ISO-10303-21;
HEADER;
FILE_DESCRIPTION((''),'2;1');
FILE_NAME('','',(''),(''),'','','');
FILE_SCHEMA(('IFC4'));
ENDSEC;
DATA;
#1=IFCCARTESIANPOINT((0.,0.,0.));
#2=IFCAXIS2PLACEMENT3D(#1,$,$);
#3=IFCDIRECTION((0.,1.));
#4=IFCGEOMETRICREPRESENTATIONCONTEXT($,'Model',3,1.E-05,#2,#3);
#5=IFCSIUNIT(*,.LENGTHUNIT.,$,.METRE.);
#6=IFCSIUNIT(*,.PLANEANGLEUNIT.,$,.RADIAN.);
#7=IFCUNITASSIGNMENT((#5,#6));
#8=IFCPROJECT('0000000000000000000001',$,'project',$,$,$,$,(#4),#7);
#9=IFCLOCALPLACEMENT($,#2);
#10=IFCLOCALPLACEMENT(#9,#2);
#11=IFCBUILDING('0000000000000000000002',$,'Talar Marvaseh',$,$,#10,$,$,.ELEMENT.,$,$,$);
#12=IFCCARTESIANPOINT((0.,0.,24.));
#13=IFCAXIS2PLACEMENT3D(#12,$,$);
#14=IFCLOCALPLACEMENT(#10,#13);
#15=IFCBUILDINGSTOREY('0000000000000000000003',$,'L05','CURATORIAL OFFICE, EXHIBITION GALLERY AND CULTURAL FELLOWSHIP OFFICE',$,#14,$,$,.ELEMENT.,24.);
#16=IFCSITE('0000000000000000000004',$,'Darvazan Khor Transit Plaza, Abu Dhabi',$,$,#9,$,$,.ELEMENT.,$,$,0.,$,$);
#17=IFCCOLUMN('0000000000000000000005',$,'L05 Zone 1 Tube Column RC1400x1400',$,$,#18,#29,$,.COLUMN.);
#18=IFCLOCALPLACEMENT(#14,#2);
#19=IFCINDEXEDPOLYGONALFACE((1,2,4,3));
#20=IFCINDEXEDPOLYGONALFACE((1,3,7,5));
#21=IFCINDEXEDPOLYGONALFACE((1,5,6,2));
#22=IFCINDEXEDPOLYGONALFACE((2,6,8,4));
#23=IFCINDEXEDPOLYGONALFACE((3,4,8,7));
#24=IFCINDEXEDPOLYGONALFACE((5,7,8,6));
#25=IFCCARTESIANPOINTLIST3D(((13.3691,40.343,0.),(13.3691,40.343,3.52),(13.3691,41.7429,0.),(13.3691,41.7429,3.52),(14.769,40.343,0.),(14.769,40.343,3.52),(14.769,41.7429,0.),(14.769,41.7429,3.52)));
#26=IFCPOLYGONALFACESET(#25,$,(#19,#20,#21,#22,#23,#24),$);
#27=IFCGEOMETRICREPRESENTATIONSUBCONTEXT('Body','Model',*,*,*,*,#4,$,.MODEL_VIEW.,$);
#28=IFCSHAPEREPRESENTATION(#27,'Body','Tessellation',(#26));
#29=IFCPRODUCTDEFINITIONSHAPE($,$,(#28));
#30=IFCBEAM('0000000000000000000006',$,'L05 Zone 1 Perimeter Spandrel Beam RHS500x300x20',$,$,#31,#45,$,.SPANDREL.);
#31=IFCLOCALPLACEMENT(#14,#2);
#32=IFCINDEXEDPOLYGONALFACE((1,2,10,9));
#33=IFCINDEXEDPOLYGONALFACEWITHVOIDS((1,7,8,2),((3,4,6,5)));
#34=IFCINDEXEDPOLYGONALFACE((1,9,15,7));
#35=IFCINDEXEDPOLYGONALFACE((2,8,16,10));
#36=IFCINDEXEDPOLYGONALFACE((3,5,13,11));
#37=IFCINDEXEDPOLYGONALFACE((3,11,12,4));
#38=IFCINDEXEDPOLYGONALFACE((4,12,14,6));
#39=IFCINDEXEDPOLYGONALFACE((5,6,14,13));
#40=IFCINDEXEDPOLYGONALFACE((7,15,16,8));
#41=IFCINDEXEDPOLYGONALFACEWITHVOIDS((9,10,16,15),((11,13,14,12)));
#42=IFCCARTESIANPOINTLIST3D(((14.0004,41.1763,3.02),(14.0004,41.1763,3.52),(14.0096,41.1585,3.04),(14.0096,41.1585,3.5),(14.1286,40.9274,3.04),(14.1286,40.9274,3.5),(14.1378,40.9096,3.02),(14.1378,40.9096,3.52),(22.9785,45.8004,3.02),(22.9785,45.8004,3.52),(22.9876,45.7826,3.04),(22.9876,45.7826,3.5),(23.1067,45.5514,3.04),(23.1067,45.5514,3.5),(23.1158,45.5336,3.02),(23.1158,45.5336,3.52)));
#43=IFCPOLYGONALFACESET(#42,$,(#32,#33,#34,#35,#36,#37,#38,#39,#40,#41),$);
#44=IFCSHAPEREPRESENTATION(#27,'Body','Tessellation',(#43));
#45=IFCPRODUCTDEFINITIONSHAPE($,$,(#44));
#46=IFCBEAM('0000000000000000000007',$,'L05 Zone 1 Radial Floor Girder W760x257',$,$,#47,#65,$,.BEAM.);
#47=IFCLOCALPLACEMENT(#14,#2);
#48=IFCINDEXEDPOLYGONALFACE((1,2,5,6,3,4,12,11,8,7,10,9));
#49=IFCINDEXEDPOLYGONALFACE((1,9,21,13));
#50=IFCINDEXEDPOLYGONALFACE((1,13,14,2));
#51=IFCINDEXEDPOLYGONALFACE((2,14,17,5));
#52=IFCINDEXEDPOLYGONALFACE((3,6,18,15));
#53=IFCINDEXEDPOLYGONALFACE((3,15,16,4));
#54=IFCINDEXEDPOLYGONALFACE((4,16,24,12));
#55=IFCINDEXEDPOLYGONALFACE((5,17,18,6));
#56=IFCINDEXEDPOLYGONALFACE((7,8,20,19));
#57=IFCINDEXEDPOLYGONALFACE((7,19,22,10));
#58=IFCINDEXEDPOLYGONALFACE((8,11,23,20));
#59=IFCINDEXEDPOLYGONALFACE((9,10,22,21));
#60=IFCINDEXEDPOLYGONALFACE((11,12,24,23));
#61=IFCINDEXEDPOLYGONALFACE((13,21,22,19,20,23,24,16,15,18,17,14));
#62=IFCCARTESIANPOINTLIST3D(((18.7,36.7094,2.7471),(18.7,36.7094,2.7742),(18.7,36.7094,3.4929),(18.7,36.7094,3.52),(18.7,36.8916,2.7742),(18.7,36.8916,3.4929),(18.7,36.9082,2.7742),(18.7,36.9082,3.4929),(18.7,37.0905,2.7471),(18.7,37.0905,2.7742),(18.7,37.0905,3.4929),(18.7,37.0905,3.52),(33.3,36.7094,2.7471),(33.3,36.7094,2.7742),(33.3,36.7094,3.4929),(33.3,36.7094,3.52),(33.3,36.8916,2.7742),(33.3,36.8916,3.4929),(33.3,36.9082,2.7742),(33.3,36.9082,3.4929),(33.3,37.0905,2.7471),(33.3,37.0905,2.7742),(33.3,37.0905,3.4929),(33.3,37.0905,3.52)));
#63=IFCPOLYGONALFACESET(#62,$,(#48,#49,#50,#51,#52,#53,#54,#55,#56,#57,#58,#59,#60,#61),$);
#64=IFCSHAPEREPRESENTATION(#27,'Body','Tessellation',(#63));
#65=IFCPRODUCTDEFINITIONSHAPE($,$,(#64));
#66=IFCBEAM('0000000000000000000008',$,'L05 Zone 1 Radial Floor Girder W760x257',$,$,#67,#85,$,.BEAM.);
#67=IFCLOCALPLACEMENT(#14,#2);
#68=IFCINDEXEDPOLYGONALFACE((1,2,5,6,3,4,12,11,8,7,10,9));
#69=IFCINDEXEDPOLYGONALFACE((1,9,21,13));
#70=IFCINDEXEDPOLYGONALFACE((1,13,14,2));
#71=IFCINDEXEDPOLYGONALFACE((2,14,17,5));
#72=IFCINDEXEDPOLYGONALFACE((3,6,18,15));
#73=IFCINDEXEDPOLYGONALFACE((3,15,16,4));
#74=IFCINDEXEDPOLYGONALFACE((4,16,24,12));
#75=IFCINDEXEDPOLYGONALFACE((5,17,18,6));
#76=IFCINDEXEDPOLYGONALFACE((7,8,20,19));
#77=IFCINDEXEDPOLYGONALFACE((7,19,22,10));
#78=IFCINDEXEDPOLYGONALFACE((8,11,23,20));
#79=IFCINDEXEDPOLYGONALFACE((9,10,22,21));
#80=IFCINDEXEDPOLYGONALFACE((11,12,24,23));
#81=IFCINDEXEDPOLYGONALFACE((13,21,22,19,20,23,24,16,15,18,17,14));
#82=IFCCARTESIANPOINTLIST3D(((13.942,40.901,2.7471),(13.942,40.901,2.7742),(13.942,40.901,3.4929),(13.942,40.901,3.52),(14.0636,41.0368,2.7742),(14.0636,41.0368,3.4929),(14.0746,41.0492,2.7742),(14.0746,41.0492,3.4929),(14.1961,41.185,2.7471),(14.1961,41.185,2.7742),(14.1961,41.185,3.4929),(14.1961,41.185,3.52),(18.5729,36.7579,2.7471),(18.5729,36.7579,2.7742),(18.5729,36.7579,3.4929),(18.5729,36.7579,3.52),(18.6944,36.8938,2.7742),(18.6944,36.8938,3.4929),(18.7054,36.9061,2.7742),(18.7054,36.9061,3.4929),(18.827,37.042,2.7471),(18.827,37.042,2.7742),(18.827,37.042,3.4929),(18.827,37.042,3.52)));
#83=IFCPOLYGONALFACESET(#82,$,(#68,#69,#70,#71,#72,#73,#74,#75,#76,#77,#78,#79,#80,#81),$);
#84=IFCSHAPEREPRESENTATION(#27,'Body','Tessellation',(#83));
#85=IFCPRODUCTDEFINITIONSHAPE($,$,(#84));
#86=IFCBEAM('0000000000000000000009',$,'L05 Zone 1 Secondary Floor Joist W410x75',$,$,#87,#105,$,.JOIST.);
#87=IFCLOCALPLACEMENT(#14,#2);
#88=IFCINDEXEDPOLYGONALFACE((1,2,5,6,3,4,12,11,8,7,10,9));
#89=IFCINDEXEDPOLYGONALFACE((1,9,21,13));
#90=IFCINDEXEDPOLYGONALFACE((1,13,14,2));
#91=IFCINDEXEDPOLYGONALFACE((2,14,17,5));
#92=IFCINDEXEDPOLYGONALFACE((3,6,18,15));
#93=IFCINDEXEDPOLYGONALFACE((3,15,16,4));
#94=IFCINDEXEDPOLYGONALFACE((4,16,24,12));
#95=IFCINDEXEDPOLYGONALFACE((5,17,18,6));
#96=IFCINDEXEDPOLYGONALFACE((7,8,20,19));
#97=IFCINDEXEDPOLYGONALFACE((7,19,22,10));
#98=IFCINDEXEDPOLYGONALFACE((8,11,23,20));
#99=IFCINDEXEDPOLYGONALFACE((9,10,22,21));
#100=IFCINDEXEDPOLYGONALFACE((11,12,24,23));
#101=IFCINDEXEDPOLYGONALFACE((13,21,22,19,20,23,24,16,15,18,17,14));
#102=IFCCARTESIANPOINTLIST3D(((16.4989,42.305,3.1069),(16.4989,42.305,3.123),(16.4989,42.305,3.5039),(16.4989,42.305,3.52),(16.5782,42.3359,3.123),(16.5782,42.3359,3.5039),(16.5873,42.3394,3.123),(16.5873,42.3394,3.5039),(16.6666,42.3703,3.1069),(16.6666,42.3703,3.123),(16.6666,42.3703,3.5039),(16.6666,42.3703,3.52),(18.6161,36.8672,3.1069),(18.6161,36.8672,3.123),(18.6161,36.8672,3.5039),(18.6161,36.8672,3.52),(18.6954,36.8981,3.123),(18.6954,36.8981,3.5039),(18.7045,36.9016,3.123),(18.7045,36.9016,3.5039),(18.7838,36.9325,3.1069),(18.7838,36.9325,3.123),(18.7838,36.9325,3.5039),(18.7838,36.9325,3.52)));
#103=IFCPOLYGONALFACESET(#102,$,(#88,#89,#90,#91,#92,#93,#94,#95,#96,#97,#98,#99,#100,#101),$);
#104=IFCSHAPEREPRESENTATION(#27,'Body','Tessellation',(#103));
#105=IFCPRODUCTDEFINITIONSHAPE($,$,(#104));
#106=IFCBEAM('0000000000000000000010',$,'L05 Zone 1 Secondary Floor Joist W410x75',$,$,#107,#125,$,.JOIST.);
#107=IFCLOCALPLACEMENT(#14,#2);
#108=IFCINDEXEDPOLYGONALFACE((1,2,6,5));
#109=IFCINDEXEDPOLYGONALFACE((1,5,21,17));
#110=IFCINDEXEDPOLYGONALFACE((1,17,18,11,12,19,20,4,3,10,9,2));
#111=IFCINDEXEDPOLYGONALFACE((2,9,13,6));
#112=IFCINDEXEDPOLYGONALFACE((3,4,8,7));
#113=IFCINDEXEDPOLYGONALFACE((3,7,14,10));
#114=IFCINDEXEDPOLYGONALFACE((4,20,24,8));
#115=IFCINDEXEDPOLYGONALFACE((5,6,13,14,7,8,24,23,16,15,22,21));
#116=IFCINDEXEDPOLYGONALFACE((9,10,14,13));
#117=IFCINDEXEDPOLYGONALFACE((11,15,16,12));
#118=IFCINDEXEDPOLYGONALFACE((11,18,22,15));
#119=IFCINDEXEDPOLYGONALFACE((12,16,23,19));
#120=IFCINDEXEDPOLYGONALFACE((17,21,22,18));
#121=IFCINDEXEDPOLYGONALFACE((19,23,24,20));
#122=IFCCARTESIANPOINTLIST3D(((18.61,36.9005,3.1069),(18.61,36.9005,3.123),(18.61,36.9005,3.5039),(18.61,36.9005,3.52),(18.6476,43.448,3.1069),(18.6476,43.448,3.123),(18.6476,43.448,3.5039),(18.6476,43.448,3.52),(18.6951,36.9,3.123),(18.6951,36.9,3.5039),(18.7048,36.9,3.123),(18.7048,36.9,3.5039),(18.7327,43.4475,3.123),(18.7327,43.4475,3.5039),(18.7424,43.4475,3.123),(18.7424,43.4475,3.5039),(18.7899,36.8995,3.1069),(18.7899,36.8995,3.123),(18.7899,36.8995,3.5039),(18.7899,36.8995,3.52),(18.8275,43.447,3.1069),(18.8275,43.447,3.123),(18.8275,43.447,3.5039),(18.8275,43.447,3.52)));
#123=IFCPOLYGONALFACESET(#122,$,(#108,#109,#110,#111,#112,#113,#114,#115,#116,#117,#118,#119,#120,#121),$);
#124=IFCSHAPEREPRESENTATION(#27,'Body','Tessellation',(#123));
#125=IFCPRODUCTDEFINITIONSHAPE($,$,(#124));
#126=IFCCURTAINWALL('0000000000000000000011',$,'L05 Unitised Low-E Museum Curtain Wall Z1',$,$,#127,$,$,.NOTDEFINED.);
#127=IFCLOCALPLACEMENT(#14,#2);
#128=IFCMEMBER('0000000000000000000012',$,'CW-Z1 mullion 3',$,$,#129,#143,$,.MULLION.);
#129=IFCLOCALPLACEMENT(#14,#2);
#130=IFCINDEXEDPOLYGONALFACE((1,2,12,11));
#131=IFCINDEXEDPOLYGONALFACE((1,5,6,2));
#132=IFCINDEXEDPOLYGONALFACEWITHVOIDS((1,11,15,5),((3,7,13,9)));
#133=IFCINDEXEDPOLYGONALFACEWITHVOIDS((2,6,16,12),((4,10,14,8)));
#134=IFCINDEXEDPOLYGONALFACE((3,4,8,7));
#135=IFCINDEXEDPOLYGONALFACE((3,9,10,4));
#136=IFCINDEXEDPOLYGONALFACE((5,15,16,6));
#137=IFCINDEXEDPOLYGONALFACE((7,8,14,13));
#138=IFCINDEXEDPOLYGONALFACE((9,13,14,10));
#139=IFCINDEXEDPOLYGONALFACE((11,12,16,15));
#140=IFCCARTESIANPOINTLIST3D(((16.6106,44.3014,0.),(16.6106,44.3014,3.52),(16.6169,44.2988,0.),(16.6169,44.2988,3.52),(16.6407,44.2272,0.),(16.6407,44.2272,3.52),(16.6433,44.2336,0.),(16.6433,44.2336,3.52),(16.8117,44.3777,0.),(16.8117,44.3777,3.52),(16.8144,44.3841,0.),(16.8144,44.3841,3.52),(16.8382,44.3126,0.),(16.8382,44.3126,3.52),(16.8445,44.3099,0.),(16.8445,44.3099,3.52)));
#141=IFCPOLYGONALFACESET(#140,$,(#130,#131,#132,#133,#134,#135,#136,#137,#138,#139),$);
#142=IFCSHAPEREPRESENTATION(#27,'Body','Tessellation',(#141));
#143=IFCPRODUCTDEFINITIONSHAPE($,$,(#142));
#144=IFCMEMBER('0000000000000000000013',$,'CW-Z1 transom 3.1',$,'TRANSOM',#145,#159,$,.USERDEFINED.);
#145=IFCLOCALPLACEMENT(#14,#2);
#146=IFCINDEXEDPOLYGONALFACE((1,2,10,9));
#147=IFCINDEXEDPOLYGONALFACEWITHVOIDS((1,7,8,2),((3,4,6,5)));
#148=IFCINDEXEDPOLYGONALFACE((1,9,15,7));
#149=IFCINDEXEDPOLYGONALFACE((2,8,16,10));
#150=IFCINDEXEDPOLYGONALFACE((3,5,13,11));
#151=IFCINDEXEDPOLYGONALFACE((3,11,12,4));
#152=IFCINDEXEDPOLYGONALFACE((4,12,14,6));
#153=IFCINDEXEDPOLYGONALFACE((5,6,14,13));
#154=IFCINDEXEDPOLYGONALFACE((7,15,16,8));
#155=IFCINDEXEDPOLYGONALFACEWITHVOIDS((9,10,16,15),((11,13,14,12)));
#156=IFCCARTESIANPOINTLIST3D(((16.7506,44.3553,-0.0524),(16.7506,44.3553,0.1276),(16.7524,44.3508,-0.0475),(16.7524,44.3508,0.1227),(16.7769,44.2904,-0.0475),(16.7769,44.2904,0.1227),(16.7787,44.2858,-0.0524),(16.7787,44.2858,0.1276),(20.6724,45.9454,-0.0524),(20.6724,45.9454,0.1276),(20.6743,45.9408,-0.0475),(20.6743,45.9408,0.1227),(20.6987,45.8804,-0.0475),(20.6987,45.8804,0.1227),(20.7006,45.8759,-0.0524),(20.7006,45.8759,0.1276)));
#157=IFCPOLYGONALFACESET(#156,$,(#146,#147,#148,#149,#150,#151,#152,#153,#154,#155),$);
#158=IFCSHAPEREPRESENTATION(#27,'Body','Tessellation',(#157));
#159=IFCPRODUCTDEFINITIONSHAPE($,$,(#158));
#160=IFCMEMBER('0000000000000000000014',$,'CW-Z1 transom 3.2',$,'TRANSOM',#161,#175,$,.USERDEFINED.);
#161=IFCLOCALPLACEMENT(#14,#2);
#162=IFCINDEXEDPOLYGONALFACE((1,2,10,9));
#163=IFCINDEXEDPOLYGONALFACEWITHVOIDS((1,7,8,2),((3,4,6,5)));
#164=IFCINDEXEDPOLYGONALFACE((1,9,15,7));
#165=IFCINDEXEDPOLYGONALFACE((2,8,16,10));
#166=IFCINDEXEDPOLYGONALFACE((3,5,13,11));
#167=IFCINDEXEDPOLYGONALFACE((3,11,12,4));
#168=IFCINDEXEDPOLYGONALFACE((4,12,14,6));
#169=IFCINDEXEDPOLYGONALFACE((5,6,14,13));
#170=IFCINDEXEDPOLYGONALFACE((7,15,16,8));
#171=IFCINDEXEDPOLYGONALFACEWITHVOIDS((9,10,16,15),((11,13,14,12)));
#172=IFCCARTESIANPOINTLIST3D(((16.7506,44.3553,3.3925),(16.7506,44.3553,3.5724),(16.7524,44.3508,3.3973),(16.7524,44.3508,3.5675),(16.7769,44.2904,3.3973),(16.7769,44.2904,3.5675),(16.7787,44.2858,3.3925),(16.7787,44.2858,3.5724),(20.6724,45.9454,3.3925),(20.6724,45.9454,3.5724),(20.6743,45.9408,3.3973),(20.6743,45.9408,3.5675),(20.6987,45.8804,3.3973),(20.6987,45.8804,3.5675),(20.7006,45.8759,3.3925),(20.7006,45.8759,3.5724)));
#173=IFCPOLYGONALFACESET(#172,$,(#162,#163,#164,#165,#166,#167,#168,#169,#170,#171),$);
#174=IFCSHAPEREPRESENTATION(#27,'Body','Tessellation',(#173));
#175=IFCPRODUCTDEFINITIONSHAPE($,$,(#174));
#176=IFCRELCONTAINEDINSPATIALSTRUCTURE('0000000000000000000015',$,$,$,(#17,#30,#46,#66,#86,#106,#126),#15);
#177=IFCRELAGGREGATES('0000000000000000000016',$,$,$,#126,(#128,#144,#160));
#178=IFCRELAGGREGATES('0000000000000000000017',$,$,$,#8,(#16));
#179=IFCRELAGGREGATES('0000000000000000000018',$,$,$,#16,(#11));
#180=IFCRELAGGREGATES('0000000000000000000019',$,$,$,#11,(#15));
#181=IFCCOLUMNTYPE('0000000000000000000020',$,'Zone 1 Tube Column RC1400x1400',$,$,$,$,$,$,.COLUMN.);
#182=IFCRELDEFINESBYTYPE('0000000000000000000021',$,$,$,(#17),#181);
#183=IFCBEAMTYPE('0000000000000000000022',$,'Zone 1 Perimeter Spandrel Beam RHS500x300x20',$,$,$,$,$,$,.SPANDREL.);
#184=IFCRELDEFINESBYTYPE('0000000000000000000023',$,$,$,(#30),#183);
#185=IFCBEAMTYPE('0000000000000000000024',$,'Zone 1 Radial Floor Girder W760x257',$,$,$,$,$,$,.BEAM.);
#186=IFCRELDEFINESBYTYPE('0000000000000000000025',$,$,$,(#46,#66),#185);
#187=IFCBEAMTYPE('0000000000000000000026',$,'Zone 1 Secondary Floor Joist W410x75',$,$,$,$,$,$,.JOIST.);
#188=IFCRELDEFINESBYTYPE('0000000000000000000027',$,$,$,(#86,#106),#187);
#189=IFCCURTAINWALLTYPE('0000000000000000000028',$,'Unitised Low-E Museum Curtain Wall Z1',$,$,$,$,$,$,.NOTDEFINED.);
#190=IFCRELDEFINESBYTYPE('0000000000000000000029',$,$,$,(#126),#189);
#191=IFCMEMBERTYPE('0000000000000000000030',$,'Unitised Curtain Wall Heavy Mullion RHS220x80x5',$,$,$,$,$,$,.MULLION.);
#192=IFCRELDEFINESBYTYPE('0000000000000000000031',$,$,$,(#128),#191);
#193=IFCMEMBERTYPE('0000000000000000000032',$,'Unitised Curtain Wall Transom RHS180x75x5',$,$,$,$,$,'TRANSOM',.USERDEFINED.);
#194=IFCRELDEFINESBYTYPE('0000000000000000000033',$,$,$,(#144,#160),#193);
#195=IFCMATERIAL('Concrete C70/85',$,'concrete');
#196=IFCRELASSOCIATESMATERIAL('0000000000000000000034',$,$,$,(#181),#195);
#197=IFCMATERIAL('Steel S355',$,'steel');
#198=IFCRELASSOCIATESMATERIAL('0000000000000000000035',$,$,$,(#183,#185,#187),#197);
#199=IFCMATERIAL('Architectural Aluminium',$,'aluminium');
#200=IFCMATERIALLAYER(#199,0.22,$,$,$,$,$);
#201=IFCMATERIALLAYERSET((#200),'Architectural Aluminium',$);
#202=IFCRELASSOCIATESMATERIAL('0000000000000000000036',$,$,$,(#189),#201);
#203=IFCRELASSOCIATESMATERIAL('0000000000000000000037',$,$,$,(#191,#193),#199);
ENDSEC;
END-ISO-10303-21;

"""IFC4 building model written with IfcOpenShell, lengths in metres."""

from ifc_helpers import new_model, si_unit, direction, frame, origin, origin_2d, place, context, subcontext, project, spatial, rectangle, hollow_rectangle, i_section, extrude, source, transform, mapped, material, layer, layer_set, material_profile, profile_set, type_object, type_shapes, element, aggregate, save


model = new_model("IFC4")

# Units and contexts
model_context = context("Model", 3, precision=1e-05, world=origin(), true_north=direction((0.0, 1.0)))
body_context = subcontext(model_context, "Body", "Model", "MODEL_VIEW")
ifc_project = project(units=[si_unit("LENGTHUNIT", "METRE"), si_unit("PLANEANGLEUNIT", "RADIAN")], contexts=[model_context])

# Site, building, storey
site_placement = place(None, origin())
site = spatial("IfcSite", under=ifc_project, at=site_placement, Name="Darvazan Khor Transit Plaza, Abu Dhabi", CompositionType="ELEMENT", RefElevation=0.0)
building_placement = place(site_placement, origin())
building = spatial("IfcBuilding", under=site, at=building_placement, Name="Talar Marvaseh", CompositionType="ELEMENT")
storey_placement = place(building_placement, frame((0.0, 0.0, 24.0)))
storey = spatial("IfcBuildingStorey", under=building, at=storey_placement, Name="L05", Description="CURATORIAL OFFICE, EXHIBITION GALLERY AND CULTURAL FELLOWSHIP OFFICE", CompositionType="ELEMENT", Elevation=24.0)

# Column
ifc_material_1 = material(Name="Concrete C70/85", Category="concrete")
ifc_material_profile_1 = material_profile(ifc_material_1, rectangle(XDim=1.3999, YDim=1.3999, at=origin_2d()), Name="RC1400x1400")
ifc_profile_set_1 = profile_set([ifc_material_profile_1], Name="Concrete C70/85")
column_type = type_object("IfcColumnType", Name="Zone 1 Tube Column RC1400x1400", PredefinedType="COLUMN", material=ifc_profile_set_1)
column_placement = place(storey_placement, frame((14.0691, 41.043, 0.0), z_axis=(0.0, 0.0, 1.0), x_axis=(1.0, 0.0, 0.0)))
element("IfcColumn", 1, at=column_placement, inside=storey, type_object=column_type, Name="L05 Zone 1 Tube Column RC1400x1400", PredefinedType="COLUMN", context=body_context, shape_type="SweptSolid", body=[
    extrude(rectangle(XDim=1.3999, YDim=1.3999, at=origin_2d()), origin(), (0.0, 0.0, 1.0), 3.52),
])

# Beams
ifc_material_2 = material(Name="Steel S355", Category="steel")
ifc_material_profile_2 = material_profile(ifc_material_2, hollow_rectangle(XDim=0.3, YDim=0.5, WallThickness=0.02, at=origin_2d()), Name="RHS500x300x20")
ifc_profile_set_2 = profile_set([ifc_material_profile_2], Name="Steel S355")
beam_type_1 = type_object("IfcBeamType", Name="Zone 1 Perimeter Spandrel Beam RHS500x300x20", PredefinedType="SPANDREL", material=ifc_profile_set_2)
beam_1_placement = place(storey_placement, frame((14.0691, 41.043, 3.27), z_axis=(0.889016, 0.457877, 0.0), x_axis=(-0.457877, 0.889016, 0.0)))
element("IfcBeam", 2, at=beam_1_placement, inside=storey, type_object=beam_type_1, Name="L05 Zone 1 Perimeter Spandrel Beam RHS500x300x20", PredefinedType="SPANDREL", context=body_context, shape_type="SweptSolid", body=[
    extrude(hollow_rectangle(XDim=0.3, YDim=0.5, WallThickness=0.02, at=origin_2d()), origin(), (0.0, 0.0, 1.0), 10.0989),
])
ifc_material_profile_3 = material_profile(ifc_material_2, i_section(OverallWidth=0.3811, OverallDepth=0.7729, WebThickness=0.0166, FlangeThickness=0.0271, at=origin_2d()), Name="W760x257")
ifc_profile_set_3 = profile_set([ifc_material_profile_3], Name="Steel S355")
beam_type_2 = type_object("IfcBeamType", Name="Zone 1 Radial Floor Girder W760x257", PredefinedType="BEAM", material=ifc_profile_set_3)
beam_2_placement = place(storey_placement, frame((18.7, 36.8999, 3.1335), z_axis=(1.0, 0.0, 0.0), x_axis=(0.0, 1.0, 0.0)))
element("IfcBeam", 3, at=beam_2_placement, inside=storey, type_object=beam_type_2, Name="L05 Zone 1 Radial Floor Girder W760x257", PredefinedType="BEAM", context=body_context, shape_type="SweptSolid", body=[
    extrude(i_section(OverallWidth=0.3811, OverallDepth=0.7729, WebThickness=0.0166, FlangeThickness=0.0271, at=origin_2d()), origin(), (0.0, 0.0, 1.0), 14.6001),
])
beam_3_placement = place(storey_placement, frame((14.0691, 41.043, 3.1335), z_axis=(0.745268, -0.666765, 0.0), x_axis=(0.666765, 0.745268, 0.0)))
element("IfcBeam", 4, at=beam_3_placement, inside=storey, type_object=beam_type_2, Name="L05 Zone 1 Radial Floor Girder W760x257", PredefinedType="BEAM", context=body_context, shape_type="SweptSolid", body=[
    extrude(i_section(OverallWidth=0.3811, OverallDepth=0.7729, WebThickness=0.0166, FlangeThickness=0.0271, at=origin_2d()), origin(), (0.0, 0.0, 1.0), 6.2136),
])
ifc_material_profile_4 = material_profile(ifc_material_2, i_section(OverallWidth=0.1799, OverallDepth=0.4131, WebThickness=0.0098, FlangeThickness=0.0161, at=origin_2d()), Name="W410x75")
ifc_profile_set_4 = profile_set([ifc_material_profile_4], Name="Steel S355")
beam_type_3 = type_object("IfcBeamType", Name="Zone 1 Secondary Floor Joist W410x75", PredefinedType="JOIST", material=ifc_profile_set_4)
beam_4_placement = place(storey_placement, frame((16.5828, 42.3376, 3.3135), z_axis=(0.36282, -0.931859, 0.0), x_axis=(0.931859, 0.36282, 0.0)))
element("IfcBeam", 5, at=beam_4_placement, inside=storey, type_object=beam_type_3, Name="L05 Zone 1 Secondary Floor Joist W410x75", PredefinedType="JOIST", context=body_context, shape_type="SweptSolid", body=[
    extrude(i_section(OverallWidth=0.1799, OverallDepth=0.4131, WebThickness=0.0098, FlangeThickness=0.0161, at=origin_2d()), origin(), (0.0, 0.0, 1.0), 5.8354),
])
beam_5_placement = place(storey_placement, frame((18.7375, 43.4475, 3.3135), z_axis=(-0.005742, -0.999984, 0.0), x_axis=(0.999984, -0.005742, 0.0)))
element("IfcBeam", 6, at=beam_5_placement, inside=storey, type_object=beam_type_3, Name="L05 Zone 1 Secondary Floor Joist W410x75", PredefinedType="JOIST", context=body_context, shape_type="SweptSolid", body=[
    extrude(i_section(OverallWidth=0.1799, OverallDepth=0.4131, WebThickness=0.0098, FlangeThickness=0.0161, at=origin_2d()), origin(), (0.0, 0.0, 1.0), 6.5476),
])

# Curtain wall, members
ifc_material_3 = material(Name="Architectural Aluminium", Category="aluminium")
ifc_layer_1 = layer(ifc_material_3, 0.22)
ifc_layer_set_1 = layer_set([ifc_layer_1], Name="Architectural Aluminium")
curtain_wall_type = type_object("IfcCurtainWallType", Name="Unitised Low-E Museum Curtain Wall Z1", PredefinedType="NOTDEFINED", material=ifc_layer_set_1)
curtain_wall_placement = place(storey_placement, origin())
curtain_wall = element("IfcCurtainWall", 7, at=curtain_wall_placement, inside=storey, type_object=curtain_wall_type, Name="L05 Unitised Low-E Museum Curtain Wall Z1", PredefinedType="NOTDEFINED")
ifc_material_profile_5 = material_profile(ifc_material_3, hollow_rectangle(XDim=0.0801, YDim=0.22, WallThickness=0.0049, at=origin_2d()), Name="RHS220x80x5")
ifc_profile_set_5 = profile_set([ifc_material_profile_5], Name="Architectural Aluminium")
member_type_1 = type_object("IfcMemberType", Name="Unitised Curtain Wall Heavy Mullion RHS220x80x5", PredefinedType="MULLION", material=ifc_profile_set_5)
shared_shape_1 = source(origin(), body_context, "Body", "SweptSolid", [
    extrude(hollow_rectangle(XDim=0.0801, YDim=0.22, WallThickness=0.0049, at=origin_2d()), origin(), (0.0, 0.0, 1.0), 3.52),
])
type_shapes(member_type_1, [shared_shape_1])
member_1_placement = place(storey_placement, frame((16.7275, 44.3057, 0.0), z_axis=(0.0, 0.0, 1.0), x_axis=(-0.375705, 0.926739, 0.0)))
member_1 = element("IfcMember", 8, at=member_1_placement, type_object=member_type_1, Name="CW-Z1 mullion 3", PredefinedType="MULLION", context=body_context, shape_type="MappedRepresentation", body=[
    mapped(shared_shape_1, transform((0.0, 0.0, 0.0), x_axis=(1.0, 0.0, 0.0), y_axis=(0.0, 1.0, 0.0), z_axis=(0.0, 0.0, 1.0), scale=1.0)),
])
ifc_material_profile_6 = material_profile(ifc_material_3, hollow_rectangle(XDim=0.075, YDim=0.1799, WallThickness=0.0049, at=origin_2d()), Name="RHS180x75x5")
ifc_profile_set_6 = profile_set([ifc_material_profile_6], Name="Architectural Aluminium")
member_type_2 = type_object("IfcMemberType", Name="Unitised Curtain Wall Transom RHS180x75x5", ElementType="TRANSOM", PredefinedType="USERDEFINED", material=ifc_profile_set_6)
shared_shape_2 = source(origin(), body_context, "Body", "SweptSolid", [
    extrude(hollow_rectangle(XDim=0.075, YDim=0.1799, WallThickness=0.0049, at=origin_2d()), origin(), (0.0, 0.0, 1.0), 4.2319),
])
type_shapes(member_type_2, [shared_shape_2])
member_2_placement = place(storey_placement, frame((16.7646, 44.3206, 0.0376), z_axis=(0.926728, 0.375733, 0.0), x_axis=(-0.375733, 0.926728, 0.0)))
member_2 = element("IfcMember", 9, at=member_2_placement, type_object=member_type_2, Name="CW-Z1 transom 3.1", ObjectType="TRANSOM", PredefinedType="USERDEFINED", context=body_context, shape_type="MappedRepresentation", body=[
    mapped(shared_shape_2, transform((0.0, 0.0, 0.0), x_axis=(1.0, 0.0, 0.0), y_axis=(0.0, 1.0, 0.0), z_axis=(0.0, 0.0, 1.0), scale=1.0)),
])
member_3_placement = place(storey_placement, frame((16.7646, 44.3206, 3.4824), z_axis=(0.926728, 0.375733, 0.0), x_axis=(-0.375733, 0.926728, 0.0)))
member_3 = element("IfcMember", 10, at=member_3_placement, type_object=member_type_2, Name="CW-Z1 transom 3.2", ObjectType="TRANSOM", PredefinedType="USERDEFINED", context=body_context, shape_type="MappedRepresentation", body=[
    mapped(shared_shape_2, transform((0.0, 0.0, 0.0), x_axis=(1.0, 0.0, 0.0), y_axis=(0.0, 1.0, 0.0), z_axis=(0.0, 0.0, 1.0), scale=1.0)),
])
aggregate(curtain_wall, [member_1, member_2, member_3])

save(model, "model.ifc")
